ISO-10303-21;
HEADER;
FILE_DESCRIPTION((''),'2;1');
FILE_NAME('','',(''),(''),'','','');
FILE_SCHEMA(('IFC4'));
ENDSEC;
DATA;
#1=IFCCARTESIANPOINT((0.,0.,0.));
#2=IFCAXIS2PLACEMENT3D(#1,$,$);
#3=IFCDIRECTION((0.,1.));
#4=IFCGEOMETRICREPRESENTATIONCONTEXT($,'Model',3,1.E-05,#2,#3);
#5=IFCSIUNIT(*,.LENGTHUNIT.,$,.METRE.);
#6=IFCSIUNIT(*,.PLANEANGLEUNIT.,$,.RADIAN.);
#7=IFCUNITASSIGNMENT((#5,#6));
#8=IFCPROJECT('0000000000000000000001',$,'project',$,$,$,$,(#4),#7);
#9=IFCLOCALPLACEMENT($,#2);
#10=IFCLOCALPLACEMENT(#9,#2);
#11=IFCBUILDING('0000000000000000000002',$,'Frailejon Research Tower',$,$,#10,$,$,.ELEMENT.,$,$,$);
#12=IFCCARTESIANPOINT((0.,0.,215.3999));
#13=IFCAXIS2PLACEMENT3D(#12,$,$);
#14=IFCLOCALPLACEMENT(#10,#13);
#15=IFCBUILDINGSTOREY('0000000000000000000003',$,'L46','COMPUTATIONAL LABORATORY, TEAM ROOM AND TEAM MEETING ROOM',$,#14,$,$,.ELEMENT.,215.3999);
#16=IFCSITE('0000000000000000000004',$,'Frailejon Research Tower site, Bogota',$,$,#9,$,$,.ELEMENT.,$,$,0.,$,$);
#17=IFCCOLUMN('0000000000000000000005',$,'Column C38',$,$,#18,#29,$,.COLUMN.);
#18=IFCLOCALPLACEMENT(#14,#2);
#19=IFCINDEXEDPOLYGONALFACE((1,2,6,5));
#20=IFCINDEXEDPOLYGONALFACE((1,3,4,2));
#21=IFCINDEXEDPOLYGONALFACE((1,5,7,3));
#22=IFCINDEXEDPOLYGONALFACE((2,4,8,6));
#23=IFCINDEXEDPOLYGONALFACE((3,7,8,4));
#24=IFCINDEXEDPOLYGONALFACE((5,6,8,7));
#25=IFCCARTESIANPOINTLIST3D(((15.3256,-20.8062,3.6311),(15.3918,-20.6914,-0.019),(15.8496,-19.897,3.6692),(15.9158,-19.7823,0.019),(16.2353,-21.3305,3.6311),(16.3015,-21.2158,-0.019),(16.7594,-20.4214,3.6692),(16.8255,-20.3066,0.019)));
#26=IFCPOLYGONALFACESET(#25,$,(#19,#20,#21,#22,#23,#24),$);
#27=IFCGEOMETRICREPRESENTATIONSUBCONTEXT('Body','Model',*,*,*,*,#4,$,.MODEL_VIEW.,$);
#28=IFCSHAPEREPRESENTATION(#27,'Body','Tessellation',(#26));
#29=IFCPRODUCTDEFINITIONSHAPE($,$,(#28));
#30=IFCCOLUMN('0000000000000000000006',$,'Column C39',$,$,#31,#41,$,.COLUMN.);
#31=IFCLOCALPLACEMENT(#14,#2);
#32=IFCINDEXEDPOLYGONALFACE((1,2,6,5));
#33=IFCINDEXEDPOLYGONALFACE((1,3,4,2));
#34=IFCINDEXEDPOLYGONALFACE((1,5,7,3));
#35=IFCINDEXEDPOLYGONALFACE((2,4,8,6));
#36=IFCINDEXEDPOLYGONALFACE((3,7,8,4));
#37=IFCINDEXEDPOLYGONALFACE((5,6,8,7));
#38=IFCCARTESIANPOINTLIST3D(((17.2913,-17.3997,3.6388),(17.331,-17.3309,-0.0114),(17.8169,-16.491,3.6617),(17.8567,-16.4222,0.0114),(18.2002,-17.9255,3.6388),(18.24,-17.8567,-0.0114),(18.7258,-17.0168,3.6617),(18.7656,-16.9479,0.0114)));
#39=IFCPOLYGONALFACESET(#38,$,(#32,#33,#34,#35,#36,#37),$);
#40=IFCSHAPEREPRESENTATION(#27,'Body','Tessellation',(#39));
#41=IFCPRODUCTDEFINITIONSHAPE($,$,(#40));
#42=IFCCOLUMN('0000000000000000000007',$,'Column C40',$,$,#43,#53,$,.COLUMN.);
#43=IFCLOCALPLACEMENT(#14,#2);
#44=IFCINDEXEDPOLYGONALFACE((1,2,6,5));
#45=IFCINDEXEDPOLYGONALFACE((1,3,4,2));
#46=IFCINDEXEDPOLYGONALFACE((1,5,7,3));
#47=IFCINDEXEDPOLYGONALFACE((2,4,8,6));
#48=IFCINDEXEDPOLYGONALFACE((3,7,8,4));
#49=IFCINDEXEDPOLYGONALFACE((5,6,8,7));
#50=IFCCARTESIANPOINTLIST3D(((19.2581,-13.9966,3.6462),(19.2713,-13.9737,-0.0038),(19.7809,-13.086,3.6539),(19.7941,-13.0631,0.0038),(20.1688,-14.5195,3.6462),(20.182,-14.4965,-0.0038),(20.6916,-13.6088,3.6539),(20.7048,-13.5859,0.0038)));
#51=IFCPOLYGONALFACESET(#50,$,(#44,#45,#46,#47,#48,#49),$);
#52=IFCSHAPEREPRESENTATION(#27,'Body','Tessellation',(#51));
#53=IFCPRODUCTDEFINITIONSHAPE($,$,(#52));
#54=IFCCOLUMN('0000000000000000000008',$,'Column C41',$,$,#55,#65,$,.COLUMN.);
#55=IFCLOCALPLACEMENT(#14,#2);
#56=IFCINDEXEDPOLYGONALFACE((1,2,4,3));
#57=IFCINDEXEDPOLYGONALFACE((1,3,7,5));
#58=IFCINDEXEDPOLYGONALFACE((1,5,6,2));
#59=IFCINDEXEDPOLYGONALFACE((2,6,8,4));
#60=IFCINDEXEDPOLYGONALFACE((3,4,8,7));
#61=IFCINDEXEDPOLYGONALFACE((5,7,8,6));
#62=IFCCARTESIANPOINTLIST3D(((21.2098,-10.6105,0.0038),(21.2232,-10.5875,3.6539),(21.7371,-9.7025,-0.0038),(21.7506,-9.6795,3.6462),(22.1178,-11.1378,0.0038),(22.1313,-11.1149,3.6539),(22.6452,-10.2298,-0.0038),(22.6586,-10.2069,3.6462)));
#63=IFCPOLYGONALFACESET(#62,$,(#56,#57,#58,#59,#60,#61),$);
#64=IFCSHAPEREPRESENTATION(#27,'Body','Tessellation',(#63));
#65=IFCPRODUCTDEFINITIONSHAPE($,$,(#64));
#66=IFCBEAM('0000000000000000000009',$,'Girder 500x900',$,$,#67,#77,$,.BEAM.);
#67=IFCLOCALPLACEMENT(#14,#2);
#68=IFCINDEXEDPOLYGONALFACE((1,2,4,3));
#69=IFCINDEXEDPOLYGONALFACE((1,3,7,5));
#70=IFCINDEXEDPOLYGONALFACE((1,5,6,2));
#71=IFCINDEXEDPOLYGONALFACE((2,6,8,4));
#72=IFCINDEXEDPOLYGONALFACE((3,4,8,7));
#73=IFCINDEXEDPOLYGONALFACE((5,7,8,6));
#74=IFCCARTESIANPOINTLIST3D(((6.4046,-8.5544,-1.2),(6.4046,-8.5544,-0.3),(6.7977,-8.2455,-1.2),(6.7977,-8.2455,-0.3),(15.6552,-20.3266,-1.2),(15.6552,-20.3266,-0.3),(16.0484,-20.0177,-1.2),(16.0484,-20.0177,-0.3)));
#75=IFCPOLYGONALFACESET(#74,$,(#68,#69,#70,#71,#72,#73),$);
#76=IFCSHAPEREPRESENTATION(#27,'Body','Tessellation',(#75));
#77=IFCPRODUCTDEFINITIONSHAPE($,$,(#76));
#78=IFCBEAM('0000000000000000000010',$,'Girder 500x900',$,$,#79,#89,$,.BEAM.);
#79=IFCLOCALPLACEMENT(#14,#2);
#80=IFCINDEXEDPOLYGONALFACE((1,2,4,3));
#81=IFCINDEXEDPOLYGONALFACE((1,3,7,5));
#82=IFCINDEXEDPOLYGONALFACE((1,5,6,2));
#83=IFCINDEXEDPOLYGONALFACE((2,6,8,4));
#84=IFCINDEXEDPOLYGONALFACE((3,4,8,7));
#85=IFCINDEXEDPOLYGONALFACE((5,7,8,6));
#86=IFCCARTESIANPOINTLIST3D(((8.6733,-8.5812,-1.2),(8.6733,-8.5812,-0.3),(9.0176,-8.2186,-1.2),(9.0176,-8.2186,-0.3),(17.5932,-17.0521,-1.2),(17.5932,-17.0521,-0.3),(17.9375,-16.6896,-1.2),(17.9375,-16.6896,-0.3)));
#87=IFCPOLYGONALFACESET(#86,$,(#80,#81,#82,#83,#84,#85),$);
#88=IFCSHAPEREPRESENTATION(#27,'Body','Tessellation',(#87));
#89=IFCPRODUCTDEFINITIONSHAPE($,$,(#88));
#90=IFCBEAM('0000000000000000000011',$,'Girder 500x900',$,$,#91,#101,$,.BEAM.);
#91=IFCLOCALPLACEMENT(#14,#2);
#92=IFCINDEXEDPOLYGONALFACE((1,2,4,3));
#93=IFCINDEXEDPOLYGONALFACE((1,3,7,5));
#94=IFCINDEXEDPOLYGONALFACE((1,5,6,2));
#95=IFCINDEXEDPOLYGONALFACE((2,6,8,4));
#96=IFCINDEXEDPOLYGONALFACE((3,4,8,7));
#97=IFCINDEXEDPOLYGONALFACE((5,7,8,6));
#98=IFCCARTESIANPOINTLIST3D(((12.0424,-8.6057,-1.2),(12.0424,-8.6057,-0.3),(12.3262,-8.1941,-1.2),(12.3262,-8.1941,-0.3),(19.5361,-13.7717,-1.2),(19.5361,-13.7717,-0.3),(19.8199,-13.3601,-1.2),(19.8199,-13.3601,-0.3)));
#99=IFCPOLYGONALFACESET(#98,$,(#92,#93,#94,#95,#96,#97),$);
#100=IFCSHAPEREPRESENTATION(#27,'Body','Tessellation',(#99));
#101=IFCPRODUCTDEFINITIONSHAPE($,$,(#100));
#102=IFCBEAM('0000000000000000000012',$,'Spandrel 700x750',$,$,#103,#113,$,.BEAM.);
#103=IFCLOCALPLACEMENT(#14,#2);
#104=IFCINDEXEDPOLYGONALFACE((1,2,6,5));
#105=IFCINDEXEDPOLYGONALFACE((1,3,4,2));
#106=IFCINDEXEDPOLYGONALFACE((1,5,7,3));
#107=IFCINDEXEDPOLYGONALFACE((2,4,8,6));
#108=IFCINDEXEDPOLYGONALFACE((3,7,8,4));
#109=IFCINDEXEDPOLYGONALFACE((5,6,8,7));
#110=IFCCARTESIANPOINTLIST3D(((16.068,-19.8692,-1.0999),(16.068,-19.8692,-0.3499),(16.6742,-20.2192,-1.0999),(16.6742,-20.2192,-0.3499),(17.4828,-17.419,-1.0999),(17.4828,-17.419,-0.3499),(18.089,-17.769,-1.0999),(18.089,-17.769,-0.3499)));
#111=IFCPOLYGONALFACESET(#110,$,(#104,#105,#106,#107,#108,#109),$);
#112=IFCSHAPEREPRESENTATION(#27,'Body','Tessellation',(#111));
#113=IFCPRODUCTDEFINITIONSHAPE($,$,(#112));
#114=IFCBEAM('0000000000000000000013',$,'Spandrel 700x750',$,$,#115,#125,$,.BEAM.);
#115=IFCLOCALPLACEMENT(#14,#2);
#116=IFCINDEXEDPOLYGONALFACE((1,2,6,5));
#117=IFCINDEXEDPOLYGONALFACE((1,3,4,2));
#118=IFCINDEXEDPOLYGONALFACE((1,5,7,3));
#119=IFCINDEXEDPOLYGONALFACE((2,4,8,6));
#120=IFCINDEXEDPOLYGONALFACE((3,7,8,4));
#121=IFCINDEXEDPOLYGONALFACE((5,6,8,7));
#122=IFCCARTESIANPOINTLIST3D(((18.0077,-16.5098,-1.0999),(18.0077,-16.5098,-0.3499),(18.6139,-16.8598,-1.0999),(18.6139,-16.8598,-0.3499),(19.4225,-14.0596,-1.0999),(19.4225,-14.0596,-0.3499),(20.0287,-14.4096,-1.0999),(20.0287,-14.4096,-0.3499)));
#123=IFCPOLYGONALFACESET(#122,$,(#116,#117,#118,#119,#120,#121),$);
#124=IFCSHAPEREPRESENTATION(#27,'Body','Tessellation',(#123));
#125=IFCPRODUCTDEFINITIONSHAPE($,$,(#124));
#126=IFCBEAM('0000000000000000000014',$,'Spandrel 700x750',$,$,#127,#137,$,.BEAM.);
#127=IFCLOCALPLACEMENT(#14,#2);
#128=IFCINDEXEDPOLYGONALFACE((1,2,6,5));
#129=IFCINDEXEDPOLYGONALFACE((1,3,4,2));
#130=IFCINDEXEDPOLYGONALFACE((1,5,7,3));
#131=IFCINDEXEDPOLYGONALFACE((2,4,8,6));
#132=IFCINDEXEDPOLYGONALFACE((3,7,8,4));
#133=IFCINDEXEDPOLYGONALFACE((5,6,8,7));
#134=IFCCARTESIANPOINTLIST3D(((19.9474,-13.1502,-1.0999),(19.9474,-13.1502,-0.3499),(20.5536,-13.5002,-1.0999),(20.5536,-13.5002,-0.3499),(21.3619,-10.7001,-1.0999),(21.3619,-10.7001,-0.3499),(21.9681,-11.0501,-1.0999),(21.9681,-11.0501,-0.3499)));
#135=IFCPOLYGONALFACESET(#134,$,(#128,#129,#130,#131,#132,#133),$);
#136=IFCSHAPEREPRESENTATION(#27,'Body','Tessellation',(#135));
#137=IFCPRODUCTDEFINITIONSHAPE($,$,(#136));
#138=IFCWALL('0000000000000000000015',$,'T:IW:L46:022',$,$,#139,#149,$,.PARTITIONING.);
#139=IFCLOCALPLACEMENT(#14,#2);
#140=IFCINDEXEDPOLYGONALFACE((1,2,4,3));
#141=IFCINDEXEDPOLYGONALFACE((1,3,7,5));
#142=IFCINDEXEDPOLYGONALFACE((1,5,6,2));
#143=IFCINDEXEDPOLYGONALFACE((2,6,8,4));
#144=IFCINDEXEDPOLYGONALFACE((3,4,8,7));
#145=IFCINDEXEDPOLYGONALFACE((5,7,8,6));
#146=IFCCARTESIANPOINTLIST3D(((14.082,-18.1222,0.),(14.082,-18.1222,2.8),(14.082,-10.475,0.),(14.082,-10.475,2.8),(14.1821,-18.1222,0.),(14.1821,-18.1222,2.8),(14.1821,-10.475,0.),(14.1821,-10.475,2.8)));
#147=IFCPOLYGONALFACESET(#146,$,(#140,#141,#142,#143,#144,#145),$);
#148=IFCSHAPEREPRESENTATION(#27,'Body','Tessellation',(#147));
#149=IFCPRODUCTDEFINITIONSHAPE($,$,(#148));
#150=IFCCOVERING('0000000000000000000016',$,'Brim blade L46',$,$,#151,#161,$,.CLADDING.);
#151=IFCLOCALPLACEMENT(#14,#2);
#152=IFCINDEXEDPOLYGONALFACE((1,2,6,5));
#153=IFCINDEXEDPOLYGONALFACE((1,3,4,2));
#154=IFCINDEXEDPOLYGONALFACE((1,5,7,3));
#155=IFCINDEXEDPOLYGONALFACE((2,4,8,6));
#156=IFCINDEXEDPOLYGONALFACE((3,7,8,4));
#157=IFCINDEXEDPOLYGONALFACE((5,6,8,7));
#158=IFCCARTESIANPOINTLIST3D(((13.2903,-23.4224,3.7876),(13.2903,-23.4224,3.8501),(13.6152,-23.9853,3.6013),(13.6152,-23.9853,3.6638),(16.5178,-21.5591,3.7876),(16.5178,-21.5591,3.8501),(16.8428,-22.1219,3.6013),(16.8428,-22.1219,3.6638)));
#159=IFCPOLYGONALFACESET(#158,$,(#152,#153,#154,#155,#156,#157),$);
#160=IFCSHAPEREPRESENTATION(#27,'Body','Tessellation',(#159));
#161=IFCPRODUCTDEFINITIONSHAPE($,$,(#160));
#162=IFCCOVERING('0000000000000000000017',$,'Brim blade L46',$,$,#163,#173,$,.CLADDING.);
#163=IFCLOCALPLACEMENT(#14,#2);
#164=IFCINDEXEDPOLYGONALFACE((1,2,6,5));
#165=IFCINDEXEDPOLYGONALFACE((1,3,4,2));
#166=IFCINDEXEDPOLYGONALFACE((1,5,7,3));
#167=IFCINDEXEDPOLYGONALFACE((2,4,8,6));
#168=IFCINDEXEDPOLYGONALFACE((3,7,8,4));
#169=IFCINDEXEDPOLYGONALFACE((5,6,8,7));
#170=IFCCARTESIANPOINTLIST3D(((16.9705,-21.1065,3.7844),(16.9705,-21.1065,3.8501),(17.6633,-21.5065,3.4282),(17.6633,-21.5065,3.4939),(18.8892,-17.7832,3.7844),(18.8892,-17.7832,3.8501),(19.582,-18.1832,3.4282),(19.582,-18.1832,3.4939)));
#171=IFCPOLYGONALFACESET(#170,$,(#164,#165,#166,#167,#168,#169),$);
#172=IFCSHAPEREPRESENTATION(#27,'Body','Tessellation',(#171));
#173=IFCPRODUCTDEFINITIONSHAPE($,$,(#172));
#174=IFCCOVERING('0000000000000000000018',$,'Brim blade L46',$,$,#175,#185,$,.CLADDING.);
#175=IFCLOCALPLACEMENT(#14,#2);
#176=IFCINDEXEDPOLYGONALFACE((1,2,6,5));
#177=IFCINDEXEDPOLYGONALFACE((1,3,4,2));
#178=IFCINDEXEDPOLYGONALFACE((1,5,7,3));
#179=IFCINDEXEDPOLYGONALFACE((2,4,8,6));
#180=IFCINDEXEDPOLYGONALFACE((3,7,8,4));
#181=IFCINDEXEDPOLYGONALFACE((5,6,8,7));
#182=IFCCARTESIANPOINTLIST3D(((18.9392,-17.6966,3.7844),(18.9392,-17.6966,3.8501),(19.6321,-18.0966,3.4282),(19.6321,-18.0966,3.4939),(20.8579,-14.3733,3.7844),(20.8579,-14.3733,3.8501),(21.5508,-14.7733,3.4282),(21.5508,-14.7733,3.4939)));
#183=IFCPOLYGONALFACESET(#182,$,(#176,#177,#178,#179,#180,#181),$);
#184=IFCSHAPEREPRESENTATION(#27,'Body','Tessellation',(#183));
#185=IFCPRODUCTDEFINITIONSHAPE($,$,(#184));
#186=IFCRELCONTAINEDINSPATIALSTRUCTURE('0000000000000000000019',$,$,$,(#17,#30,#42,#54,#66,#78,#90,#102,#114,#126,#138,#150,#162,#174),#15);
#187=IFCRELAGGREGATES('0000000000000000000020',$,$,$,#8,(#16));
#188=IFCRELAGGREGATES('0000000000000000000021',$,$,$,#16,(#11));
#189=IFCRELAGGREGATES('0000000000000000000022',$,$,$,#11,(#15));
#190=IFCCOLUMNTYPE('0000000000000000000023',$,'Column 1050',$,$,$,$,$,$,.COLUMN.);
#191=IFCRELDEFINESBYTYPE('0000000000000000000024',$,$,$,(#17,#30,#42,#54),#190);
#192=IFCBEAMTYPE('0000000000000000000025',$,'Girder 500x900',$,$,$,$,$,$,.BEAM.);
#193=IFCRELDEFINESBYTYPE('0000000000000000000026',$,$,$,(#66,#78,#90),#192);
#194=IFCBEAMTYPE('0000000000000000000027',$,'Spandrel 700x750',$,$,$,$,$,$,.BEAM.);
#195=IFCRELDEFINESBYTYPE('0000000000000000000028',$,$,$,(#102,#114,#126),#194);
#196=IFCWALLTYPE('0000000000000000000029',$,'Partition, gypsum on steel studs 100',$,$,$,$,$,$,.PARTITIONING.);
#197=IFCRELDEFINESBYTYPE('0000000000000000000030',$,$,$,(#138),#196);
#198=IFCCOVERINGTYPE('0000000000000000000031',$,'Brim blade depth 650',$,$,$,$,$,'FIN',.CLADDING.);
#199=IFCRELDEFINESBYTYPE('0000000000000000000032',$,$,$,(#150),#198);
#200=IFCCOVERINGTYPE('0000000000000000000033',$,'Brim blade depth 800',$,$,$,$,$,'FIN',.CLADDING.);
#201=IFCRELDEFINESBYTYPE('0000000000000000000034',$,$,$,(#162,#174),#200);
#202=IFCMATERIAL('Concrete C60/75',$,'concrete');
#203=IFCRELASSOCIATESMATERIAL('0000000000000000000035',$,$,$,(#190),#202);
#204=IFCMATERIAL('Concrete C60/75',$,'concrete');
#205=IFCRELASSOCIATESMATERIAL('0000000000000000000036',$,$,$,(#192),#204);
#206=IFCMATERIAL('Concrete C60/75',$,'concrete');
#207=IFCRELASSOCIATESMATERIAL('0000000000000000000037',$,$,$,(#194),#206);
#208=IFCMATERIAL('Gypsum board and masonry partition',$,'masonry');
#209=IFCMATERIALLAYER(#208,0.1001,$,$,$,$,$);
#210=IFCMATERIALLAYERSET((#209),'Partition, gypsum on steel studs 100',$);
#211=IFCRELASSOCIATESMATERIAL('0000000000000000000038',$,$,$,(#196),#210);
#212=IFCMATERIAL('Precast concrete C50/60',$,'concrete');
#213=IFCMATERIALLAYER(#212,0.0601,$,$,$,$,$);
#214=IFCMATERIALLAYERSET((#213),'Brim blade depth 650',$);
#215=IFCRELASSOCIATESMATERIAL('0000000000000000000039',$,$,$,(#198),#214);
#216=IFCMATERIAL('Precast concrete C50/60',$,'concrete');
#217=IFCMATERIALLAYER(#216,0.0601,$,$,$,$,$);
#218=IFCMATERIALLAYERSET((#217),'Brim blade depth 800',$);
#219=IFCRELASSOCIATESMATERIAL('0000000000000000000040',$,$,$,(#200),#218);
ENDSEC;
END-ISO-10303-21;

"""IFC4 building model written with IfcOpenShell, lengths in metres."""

from ifc_helpers import new_model, si_unit, direction, frame, frame_2d, origin, origin_2d, place, context, subcontext, project, spatial, polyline, rectangle, outline, extrude, material, layer, layer_set, material_profile, profile_set, type_object, element, save


model = new_model("IFC4")

# Units and contexts
model_context = context("Model", 3, precision=1e-05, world=origin(), true_north=direction((0.0, 1.0)))
body_context = subcontext(model_context, "Body", "Model", "MODEL_VIEW")
ifc_project = project(units=[si_unit("LENGTHUNIT", "METRE"), si_unit("PLANEANGLEUNIT", "RADIAN")], contexts=[model_context])

# Site, building, storey
site_placement = place(None, origin())
site = spatial("IfcSite", under=ifc_project, at=site_placement, Name="Frailejon Research Tower site, Bogota", CompositionType="ELEMENT", RefElevation=0.0)
building_placement = place(site_placement, origin())
building = spatial("IfcBuilding", under=site, at=building_placement, Name="Frailejon Research Tower", CompositionType="ELEMENT")
storey_placement = place(building_placement, frame((0.0, 0.0, 215.3999)))
storey = spatial("IfcBuildingStorey", under=building, at=storey_placement, Name="L46", Description="COMPUTATIONAL LABORATORY, TEAM ROOM AND TEAM MEETING ROOM", CompositionType="ELEMENT", Elevation=215.3999)

# Columns
ifc_material_1 = material(Name="Concrete C60/75", Category="concrete")
ifc_material_profile_1 = material_profile(ifc_material_1, rectangle(XDim=1.05, YDim=1.05, at=origin_2d()), Name="Column 1050")
ifc_profile_set_1 = profile_set([ifc_material_profile_1], Name="Concrete C60/75")
column_type = type_object("IfcColumnType", Name="Column 1050", PredefinedType="COLUMN", material=ifc_profile_set_1)
column_1_placement = place(storey_placement, frame((16.1086, -20.499, 0.0), z_axis=(-0.018114, -0.031415, 0.999342), x_axis=(0.499041, 0.86582, 0.036263)))
element("IfcColumn", 1, at=column_1_placement, inside=storey, type_object=column_type, Name="Column C38", PredefinedType="COLUMN", context=body_context, shape_type="SweptSolid", body=[
    extrude(rectangle(XDim=1.05, YDim=1.05, at=origin_2d()), origin(), (0.0, 0.0, 1.0), 3.6526),
])
column_2_placement = place(storey_placement, frame((18.0483, -17.1394, 0.0), z_axis=(-0.0109, -0.018857, 0.999763), x_axis=(0.50059, 0.86541, 0.021781)))
element("IfcColumn", 2, at=column_2_placement, inside=storey, type_object=column_type, Name="Column C39", PredefinedType="COLUMN", context=body_context, shape_type="SweptSolid", body=[
    extrude(rectangle(XDim=1.05, YDim=1.05, at=origin_2d()), origin(), (0.0, 0.0, 1.0), 3.6511),
])
for number, where, z_axis, x_axis, name in (
    (3, (19.988, -13.7798, 0.0), (-0.003612, -0.006287, 0.999974), (0.49789, 0.86721, 0.007251), "Column C40"),
    (4, (21.9275, -10.4202, 0.0), (0.003679, 0.006287, 0.999973), (0.502203, 0.864719, -0.007284), "Column C41"),
):
    element("IfcColumn", number, at=place(storey_placement, frame(where, z_axis=z_axis, x_axis=x_axis)), inside=storey, type_object=column_type, Name=name, PredefinedType="COLUMN", context=body_context, shape_type="SweptSolid", body=[
        extrude(rectangle(XDim=1.05, YDim=1.05, at=origin_2d()), origin(), (0.0, 0.0, 1.0), 3.6501),
    ])

# Beams
ifc_material_2 = material(Name="Concrete C60/75", Category="concrete")
ifc_material_profile_2 = material_profile(ifc_material_2, rectangle(XDim=0.5, YDim=0.8999, at=origin_2d()), Name="Girder 500x900")
ifc_profile_set_2 = profile_set([ifc_material_profile_2], Name="Concrete C60/75")
beam_type_1 = type_object("IfcBeamType", Name="Girder 500x900", PredefinedType="BEAM", material=ifc_profile_set_2)
beam_1_placement = place(storey_placement, frame((15.8518, -20.1721, -0.75), z_axis=(-0.617868, 0.786282, 0.0), x_axis=(-0.786282, -0.617868, 0.0)))
element("IfcBeam", 5, at=beam_1_placement, inside=storey, type_object=beam_type_1, Name="Girder 500x900", PredefinedType="BEAM", context=body_context, shape_type="SweptSolid", body=[
    extrude(rectangle(XDim=0.5, YDim=0.8999, at=origin_2d()), origin(), (0.0, 0.0, 1.0), 14.9719),
])
beam_2_placement = place(storey_placement, frame((17.7654, -16.8708, -0.75), z_axis=(-0.72512, 0.688622, 0.0), x_axis=(-0.688622, -0.72512, 0.0)))
element("IfcBeam", 6, at=beam_2_placement, inside=storey, type_object=beam_type_1, Name="Girder 500x900", PredefinedType="BEAM", context=body_context, shape_type="SweptSolid", body=[
    extrude(rectangle(XDim=0.5, YDim=0.8999, at=origin_2d()), origin(), (0.0, 0.0, 1.0), 12.3013),
])
beam_3_placement = place(storey_placement, frame((19.678, -13.5659, -0.75), z_axis=(-0.823317, 0.567583, 0.0), x_axis=(-0.567583, -0.823317, 0.0)))
element("IfcBeam", 7, at=beam_3_placement, inside=storey, type_object=beam_type_1, Name="Girder 500x900", PredefinedType="BEAM", context=body_context, shape_type="SweptSolid", body=[
    extrude(rectangle(XDim=0.5, YDim=0.8999, at=origin_2d()), origin(), (0.0, 0.0, 1.0), 9.1018),
])
ifc_material_3 = material(Name="Concrete C60/75", Category="concrete")
ifc_material_profile_3 = material_profile(ifc_material_3, rectangle(XDim=0.7, YDim=0.75, at=origin_2d()), Name="Spandrel 700x750")
ifc_profile_set_3 = profile_set([ifc_material_profile_3], Name="Concrete C60/75")
beam_type_2 = type_object("IfcBeamType", Name="Spandrel 700x750", PredefinedType="BEAM", material=ifc_profile_set_3)
for number, where, z_axis, x_axis, name in (
    (8, (16.3711, -20.0442, -0.7249), (0.500046, 0.865999, 0.0), (-0.865999, 0.500046, 0.0), "Spandrel 700x750"),
    (9, (18.3108, -16.6848, -0.7249), (0.500046, 0.865999, 0.0), (-0.865999, 0.500046, 0.0), "Spandrel 700x750"),
):
    element("IfcBeam", number, at=place(storey_placement, frame(where, z_axis=z_axis, x_axis=x_axis)), inside=storey, type_object=beam_type_2, Name=name, PredefinedType="BEAM", context=body_context, shape_type="SweptSolid", body=[
        extrude(rectangle(XDim=0.7, YDim=0.75, at=origin_2d()), origin(), (0.0, 0.0, 1.0), 2.8293),
    ])
beam_4_placement = place(storey_placement, frame((20.2505, -13.3252, -0.7249), z_axis=(0.499981, 0.866036, 0.0), x_axis=(-0.866036, 0.499981, 0.0)))
element("IfcBeam", 10, at=beam_4_placement, inside=storey, type_object=beam_type_2, Name="Spandrel 700x750", PredefinedType="BEAM", context=body_context, shape_type="SweptSolid", body=[
    extrude(rectangle(XDim=0.7, YDim=0.75, at=origin_2d()), origin(), (0.0, 0.0, 1.0), 2.8291),
])

# Wall
ifc_material_4 = material(Name="Gypsum board and masonry partition", Category="masonry")
ifc_layer_1 = layer(ifc_material_4, 0.1001)
ifc_layer_set_1 = layer_set([ifc_layer_1], Name="Partition, gypsum on steel studs 100")
wall_type = type_object("IfcWallType", Name="Partition, gypsum on steel studs 100", PredefinedType="PARTITIONING", material=ifc_layer_set_1)
wall_placement = place(storey_placement, frame((14.1321, -18.1223, 0.0), z_axis=(0.0, 0.0, 1.0), x_axis=(0.0, 1.0, 0.0)))
element("IfcWall", 11, at=wall_placement, inside=storey, type_object=wall_type, Name="T:IW:L46:022", PredefinedType="PARTITIONING", context=body_context, shape_type="SweptSolid", body=[
    extrude(rectangle(XDim=7.6472, YDim=0.1001, at=frame_2d((3.8237, 0.0))), origin(), (0.0, 0.0, 1.0), 2.8),
])

# Coverings
ifc_material_5 = material(Name="Precast concrete C50/60", Category="concrete")
ifc_layer_2 = layer(ifc_material_5, 0.0601)
ifc_layer_set_2 = layer_set([ifc_layer_2], Name="Brim blade depth 650")
covering_type_1 = type_object("IfcCoveringType", Name="Brim blade depth 650", ElementType="FIN", PredefinedType="CLADDING", material=ifc_layer_set_2)
covering_1_placement = place(storey_placement, frame((16.5178, -21.5591, 3.8501), z_axis=(-0.866036, -0.499981, 0.0), x_axis=(0.499981, -0.866036, 0.0)))
element("IfcCovering", 12, at=covering_1_placement, inside=storey, type_object=covering_type_1, Name="Brim blade L46", PredefinedType="CLADDING", context=body_context, shape_type="SweptSolid", body=[
    extrude(outline(polyline([(0.0, -0.0625), (0.6499, -0.2488), (0.6499, -0.1863), (0.0, 0.0), (0.0, -0.0625)])), origin(), (0.0, 0.0, 1.0), 3.7268),
])
ifc_material_6 = material(Name="Precast concrete C50/60", Category="concrete")
ifc_layer_3 = layer(ifc_material_6, 0.0601)
ifc_layer_set_3 = layer_set([ifc_layer_3], Name="Brim blade depth 800")
covering_type_2 = type_object("IfcCoveringType", Name="Brim blade depth 800", ElementType="FIN", PredefinedType="CLADDING", material=ifc_layer_set_3)
for number, where, z_axis, x_axis, name in (
    (13, (18.8892, -17.7832, 3.8501), (-0.499999, -0.866026, 0.0), (0.866026, -0.499999, 0.0), "Brim blade L46"),
    (14, (20.8579, -14.3733, 3.8501), (-0.499999, -0.866026, 0.0), (0.866026, -0.499999, 0.0), "Brim blade L46"),
):
    element("IfcCovering", number, at=place(storey_placement, frame(where, z_axis=z_axis, x_axis=x_axis)), inside=storey, type_object=covering_type_2, Name=name, PredefinedType="CLADDING", context=body_context, shape_type="SweptSolid", body=[
        extrude(outline(polyline([(0.0, -0.0657), (0.8, -0.4219), (0.8, -0.3562), (0.0, 0.0), (0.0, -0.0657)])), origin(), (0.0, 0.0, 1.0), 3.8374),
    ])

save(model, "model.ifc")
